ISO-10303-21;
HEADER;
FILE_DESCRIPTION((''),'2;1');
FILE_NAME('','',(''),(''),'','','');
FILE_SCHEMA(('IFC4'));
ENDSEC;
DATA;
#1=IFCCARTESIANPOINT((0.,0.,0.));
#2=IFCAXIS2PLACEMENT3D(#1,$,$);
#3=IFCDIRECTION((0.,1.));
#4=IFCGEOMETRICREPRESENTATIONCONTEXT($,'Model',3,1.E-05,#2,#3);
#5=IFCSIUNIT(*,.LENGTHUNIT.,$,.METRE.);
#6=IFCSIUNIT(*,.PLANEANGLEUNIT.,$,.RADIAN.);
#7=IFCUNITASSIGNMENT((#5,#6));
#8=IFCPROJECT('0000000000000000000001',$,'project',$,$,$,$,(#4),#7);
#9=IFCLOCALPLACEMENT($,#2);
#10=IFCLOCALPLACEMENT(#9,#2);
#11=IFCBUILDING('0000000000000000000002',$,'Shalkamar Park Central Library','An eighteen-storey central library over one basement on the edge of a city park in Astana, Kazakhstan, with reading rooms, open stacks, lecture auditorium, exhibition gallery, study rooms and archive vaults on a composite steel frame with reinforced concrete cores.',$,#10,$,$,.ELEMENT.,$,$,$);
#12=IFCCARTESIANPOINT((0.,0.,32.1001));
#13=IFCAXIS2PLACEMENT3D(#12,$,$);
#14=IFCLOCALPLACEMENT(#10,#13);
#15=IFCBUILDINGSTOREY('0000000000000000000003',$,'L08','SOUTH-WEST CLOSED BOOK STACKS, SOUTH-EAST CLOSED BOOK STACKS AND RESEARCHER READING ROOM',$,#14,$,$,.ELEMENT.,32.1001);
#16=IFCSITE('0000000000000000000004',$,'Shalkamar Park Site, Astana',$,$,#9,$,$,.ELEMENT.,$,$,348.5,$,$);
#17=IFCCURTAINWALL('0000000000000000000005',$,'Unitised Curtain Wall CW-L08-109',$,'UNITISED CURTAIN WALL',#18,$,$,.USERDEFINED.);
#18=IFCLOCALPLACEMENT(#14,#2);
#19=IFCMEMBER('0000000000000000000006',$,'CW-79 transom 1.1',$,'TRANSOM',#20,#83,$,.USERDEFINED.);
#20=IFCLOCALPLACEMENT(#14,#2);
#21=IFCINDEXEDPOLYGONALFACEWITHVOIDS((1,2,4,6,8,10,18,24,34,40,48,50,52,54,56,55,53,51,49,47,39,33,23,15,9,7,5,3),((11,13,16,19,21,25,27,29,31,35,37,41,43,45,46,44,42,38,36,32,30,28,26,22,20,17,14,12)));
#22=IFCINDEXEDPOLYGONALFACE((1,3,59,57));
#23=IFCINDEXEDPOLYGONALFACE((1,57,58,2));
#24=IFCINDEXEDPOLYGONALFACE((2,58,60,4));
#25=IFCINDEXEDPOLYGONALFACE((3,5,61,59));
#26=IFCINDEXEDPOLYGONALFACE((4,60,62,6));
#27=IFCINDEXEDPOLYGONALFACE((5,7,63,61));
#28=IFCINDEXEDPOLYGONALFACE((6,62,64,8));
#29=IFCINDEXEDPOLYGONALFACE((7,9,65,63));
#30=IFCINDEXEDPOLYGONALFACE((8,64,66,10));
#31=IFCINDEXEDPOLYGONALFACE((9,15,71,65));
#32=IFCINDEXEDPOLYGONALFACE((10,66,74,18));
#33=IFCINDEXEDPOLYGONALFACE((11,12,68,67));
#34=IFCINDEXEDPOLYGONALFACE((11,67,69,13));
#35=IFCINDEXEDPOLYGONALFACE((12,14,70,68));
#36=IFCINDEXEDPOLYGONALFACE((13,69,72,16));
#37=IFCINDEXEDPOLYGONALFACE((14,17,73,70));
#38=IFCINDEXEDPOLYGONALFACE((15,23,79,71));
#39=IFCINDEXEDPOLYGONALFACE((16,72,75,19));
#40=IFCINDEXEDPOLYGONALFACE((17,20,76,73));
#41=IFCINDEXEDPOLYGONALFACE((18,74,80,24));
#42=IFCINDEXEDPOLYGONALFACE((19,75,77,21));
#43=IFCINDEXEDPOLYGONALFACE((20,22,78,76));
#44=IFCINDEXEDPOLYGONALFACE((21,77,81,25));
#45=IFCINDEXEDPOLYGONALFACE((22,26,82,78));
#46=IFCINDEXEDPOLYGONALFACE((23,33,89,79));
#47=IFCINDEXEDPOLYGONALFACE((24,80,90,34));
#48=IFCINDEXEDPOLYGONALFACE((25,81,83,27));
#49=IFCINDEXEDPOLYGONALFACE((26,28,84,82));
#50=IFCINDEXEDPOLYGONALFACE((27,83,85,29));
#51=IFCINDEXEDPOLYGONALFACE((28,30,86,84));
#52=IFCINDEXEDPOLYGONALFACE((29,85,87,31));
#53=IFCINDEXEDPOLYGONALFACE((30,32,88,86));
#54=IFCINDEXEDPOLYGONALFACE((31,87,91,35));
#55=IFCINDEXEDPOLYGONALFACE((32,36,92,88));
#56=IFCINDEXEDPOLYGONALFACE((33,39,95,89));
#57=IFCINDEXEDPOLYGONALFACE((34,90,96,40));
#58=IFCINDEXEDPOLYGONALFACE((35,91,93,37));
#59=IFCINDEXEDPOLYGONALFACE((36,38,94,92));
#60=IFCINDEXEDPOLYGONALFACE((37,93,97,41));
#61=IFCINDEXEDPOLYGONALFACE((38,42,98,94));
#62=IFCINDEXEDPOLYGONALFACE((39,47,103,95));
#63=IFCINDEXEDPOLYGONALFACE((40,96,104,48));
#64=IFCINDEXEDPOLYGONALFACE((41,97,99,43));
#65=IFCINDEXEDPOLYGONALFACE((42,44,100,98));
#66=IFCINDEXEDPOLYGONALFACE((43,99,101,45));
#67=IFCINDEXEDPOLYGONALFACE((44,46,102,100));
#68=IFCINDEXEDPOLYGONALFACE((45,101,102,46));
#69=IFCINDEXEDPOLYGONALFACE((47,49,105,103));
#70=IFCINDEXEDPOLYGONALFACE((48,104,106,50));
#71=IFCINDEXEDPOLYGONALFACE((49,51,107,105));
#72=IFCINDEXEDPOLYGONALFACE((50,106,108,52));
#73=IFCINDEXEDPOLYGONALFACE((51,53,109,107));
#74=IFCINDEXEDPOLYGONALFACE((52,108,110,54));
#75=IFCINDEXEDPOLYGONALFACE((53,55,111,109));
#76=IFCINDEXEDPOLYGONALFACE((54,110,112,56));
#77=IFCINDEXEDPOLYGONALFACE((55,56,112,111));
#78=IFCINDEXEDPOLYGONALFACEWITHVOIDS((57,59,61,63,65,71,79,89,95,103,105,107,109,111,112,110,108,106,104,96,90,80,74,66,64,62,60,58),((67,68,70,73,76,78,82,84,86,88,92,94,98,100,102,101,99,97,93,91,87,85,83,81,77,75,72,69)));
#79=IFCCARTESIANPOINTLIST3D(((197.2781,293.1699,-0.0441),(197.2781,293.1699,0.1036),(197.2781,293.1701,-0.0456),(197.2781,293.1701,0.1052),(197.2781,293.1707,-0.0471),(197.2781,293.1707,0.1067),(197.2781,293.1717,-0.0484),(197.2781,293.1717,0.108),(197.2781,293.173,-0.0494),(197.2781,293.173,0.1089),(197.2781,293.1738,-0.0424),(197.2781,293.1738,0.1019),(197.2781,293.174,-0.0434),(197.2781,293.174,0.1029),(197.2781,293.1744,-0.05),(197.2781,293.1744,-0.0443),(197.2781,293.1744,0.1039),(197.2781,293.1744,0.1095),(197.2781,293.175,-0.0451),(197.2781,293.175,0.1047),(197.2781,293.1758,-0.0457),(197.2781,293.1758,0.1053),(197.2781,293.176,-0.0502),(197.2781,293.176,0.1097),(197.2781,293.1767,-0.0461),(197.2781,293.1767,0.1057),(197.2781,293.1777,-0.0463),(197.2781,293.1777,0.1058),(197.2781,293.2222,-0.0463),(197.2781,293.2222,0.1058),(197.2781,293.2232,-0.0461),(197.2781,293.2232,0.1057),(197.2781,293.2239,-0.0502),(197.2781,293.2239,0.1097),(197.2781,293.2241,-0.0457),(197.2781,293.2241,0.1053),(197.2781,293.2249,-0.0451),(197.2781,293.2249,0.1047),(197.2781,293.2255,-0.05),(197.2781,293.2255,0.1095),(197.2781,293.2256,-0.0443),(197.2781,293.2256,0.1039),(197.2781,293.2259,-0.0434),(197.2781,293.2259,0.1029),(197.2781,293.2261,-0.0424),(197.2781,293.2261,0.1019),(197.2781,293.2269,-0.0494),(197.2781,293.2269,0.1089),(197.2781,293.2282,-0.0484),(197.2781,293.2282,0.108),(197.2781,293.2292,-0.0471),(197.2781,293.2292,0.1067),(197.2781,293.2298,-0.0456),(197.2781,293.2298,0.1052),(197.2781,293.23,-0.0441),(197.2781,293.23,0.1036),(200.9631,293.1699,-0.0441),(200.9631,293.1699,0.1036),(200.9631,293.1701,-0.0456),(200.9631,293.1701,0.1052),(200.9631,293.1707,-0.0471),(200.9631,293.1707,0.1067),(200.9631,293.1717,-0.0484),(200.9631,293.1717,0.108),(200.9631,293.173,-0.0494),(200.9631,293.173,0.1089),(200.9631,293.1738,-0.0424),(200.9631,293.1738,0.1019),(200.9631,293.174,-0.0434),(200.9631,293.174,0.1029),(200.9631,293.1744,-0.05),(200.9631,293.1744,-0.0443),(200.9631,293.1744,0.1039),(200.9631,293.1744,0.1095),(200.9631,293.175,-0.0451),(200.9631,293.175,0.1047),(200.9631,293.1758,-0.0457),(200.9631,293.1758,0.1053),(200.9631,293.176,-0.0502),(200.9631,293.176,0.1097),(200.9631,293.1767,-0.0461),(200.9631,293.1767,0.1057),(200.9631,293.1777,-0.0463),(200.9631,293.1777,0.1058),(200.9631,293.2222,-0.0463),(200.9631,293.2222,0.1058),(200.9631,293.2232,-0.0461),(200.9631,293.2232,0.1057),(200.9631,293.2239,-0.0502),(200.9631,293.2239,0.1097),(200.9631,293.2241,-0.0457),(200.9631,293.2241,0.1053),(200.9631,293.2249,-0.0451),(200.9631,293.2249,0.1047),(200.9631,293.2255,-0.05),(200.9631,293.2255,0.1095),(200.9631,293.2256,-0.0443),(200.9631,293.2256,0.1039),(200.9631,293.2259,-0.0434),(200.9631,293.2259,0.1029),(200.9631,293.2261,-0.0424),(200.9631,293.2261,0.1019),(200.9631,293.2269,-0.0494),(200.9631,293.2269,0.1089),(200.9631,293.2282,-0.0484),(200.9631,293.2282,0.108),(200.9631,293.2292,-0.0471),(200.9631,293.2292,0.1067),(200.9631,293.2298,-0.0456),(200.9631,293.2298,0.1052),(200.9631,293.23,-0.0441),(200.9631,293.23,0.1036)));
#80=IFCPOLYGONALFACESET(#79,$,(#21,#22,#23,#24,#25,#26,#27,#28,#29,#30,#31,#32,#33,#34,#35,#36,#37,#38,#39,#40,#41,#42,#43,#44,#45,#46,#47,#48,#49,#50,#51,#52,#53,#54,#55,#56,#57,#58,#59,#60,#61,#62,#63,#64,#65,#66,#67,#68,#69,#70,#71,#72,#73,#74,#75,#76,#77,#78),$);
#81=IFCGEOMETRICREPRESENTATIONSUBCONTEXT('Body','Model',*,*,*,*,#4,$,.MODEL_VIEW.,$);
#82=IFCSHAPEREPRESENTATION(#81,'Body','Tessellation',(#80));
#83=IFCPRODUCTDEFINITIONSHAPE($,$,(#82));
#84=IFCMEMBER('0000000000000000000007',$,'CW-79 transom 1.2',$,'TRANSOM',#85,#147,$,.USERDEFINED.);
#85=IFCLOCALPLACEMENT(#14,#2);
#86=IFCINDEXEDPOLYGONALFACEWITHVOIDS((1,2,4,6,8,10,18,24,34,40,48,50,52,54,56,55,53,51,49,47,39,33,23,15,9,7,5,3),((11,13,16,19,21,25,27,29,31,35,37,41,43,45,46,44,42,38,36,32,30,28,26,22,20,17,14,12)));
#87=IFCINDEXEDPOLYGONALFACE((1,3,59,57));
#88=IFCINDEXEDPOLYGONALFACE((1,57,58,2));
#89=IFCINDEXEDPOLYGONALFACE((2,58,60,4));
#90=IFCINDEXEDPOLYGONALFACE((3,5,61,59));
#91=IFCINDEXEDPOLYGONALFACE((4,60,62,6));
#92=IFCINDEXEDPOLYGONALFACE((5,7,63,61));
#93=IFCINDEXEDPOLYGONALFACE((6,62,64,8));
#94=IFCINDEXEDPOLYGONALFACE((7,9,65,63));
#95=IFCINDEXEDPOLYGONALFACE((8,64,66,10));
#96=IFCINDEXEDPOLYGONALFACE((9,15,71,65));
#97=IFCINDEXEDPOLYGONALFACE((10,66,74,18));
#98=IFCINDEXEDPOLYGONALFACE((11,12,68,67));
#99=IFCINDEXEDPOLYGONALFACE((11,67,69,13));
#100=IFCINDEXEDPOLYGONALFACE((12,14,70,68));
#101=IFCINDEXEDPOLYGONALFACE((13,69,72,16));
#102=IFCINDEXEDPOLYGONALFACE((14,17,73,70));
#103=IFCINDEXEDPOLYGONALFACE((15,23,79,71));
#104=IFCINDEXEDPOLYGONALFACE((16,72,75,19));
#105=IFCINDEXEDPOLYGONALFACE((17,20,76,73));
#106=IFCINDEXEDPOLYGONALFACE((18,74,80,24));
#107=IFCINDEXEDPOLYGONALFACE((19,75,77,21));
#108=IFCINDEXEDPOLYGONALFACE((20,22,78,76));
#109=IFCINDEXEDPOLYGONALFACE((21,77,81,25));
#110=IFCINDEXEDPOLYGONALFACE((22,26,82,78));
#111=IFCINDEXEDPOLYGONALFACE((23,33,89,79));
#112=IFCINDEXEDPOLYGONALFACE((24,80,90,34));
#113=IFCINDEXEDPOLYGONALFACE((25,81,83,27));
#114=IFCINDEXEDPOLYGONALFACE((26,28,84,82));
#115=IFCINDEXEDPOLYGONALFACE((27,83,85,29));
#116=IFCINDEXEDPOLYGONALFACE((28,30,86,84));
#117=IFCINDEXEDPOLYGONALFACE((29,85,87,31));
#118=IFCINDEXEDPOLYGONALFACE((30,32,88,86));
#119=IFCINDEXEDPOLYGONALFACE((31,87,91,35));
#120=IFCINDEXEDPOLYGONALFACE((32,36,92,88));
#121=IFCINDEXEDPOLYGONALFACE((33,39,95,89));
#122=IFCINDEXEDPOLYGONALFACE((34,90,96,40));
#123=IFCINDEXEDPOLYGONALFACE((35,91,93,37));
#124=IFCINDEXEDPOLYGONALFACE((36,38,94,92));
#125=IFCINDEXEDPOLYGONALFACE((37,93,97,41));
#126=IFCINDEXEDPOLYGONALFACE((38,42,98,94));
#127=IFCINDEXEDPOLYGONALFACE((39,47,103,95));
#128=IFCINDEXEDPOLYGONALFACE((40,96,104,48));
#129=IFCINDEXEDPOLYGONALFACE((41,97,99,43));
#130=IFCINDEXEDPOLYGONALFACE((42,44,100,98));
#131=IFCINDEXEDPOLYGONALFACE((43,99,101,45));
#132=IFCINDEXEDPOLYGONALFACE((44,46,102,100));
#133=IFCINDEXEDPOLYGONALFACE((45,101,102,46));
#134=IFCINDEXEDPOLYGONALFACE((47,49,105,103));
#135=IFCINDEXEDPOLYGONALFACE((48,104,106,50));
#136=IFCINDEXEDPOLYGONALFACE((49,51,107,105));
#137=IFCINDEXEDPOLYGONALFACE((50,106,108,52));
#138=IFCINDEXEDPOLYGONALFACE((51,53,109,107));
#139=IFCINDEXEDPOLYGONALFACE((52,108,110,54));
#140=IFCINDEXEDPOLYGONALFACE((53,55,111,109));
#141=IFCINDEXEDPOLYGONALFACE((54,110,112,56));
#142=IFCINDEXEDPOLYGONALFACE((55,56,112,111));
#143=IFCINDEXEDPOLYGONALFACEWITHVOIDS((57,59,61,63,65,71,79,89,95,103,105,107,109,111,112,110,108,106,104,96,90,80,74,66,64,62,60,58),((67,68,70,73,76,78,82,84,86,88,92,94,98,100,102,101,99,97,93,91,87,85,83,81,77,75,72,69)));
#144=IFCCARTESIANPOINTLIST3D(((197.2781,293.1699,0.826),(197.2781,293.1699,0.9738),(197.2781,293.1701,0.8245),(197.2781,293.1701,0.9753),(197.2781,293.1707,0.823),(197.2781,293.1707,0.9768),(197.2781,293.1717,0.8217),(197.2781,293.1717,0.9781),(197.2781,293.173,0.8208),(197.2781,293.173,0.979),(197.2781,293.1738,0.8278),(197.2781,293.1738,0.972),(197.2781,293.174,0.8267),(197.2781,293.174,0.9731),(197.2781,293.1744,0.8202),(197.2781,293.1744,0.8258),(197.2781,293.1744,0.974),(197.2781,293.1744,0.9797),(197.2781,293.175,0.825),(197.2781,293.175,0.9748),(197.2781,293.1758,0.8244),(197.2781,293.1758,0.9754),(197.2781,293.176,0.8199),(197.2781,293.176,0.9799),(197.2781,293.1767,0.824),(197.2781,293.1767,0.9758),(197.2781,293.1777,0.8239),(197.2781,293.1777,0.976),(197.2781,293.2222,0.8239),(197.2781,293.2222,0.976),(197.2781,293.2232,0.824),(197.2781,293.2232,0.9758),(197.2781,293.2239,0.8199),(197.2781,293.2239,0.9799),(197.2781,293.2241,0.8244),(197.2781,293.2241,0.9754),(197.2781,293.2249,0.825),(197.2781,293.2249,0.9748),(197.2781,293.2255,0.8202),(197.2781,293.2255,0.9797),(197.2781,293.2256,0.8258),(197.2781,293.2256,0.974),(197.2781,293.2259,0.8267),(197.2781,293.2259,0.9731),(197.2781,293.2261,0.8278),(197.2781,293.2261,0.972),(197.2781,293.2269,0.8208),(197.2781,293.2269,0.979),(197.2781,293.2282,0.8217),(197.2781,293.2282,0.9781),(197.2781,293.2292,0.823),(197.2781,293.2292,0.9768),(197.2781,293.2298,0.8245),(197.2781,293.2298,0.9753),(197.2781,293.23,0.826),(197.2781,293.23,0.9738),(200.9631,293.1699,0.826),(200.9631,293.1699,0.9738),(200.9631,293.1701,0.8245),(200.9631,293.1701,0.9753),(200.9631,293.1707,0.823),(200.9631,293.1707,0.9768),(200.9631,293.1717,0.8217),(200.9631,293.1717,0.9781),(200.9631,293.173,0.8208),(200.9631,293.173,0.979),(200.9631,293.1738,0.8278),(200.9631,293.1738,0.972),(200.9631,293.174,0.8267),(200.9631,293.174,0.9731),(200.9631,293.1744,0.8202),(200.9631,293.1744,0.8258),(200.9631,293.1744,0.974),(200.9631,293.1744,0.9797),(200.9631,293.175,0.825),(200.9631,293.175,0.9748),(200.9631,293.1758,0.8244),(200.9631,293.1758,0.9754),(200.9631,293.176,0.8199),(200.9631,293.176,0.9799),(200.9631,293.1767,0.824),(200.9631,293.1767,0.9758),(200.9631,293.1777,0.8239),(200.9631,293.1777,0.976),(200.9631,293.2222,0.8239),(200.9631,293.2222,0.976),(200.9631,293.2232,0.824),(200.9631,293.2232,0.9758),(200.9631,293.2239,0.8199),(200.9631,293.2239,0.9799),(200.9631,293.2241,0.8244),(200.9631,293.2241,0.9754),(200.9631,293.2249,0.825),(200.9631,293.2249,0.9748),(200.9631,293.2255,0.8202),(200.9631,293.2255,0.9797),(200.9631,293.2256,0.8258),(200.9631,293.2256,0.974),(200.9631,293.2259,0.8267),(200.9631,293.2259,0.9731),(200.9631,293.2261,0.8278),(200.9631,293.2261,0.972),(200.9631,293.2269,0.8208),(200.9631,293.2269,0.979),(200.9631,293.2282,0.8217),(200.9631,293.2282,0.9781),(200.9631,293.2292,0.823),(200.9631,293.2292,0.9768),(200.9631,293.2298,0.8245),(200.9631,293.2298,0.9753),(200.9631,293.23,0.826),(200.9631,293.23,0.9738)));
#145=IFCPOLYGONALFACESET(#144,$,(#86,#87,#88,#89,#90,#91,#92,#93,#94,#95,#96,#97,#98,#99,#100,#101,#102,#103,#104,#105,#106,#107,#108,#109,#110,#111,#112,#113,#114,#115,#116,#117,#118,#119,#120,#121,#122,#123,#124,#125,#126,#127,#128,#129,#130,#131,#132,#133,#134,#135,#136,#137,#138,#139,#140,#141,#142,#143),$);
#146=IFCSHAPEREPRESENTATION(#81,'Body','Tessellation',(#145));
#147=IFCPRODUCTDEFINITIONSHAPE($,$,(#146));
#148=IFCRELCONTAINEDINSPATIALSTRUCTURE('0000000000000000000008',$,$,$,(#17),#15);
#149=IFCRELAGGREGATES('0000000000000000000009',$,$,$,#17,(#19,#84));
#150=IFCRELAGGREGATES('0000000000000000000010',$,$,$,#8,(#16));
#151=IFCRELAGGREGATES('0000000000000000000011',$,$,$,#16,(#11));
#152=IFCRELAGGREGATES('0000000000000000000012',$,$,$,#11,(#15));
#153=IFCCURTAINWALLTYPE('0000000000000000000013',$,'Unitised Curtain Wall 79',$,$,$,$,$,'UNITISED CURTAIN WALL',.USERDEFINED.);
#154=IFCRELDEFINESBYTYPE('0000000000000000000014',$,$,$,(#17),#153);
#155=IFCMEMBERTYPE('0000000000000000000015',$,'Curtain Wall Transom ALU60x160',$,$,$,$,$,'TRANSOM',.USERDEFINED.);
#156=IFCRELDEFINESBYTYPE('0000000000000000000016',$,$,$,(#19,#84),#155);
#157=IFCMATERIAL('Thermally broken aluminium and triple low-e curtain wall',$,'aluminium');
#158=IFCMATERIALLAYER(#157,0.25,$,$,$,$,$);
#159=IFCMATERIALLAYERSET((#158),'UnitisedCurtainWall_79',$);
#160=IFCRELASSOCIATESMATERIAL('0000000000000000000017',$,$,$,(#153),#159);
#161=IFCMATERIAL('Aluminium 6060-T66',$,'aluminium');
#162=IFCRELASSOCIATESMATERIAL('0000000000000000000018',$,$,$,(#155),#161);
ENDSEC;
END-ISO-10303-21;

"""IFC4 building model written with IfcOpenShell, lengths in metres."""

from ifc_helpers import new_model, si_unit, direction, frame, origin, origin_2d, place, context, subcontext, project, spatial, hollow_rectangle, extrude, material, layer, layer_set, material_profile, profile_set, type_object, element, aggregate, save


model = new_model("IFC4")

# Units and contexts
model_context = context("Model", 3, precision=1e-05, world=origin(), true_north=direction((0.0, 1.0)))
body_context = subcontext(model_context, "Body", "Model", "MODEL_VIEW")
ifc_project = project(units=[si_unit("LENGTHUNIT", "METRE"), si_unit("PLANEANGLEUNIT", "RADIAN")], contexts=[model_context])

# Site, building, storey
site_placement = place(None, origin())
site = spatial("IfcSite", under=ifc_project, at=site_placement, Name="Shalkamar Park Site, Astana", CompositionType="ELEMENT", RefElevation=348.5)
building_placement = place(site_placement, origin())
building = spatial("IfcBuilding", under=site, at=building_placement, Name="Shalkamar Park Central Library", Description="An eighteen-storey central library over one basement on the edge of a city park in Astana, Kazakhstan, with reading rooms, open stacks, lecture auditorium, exhibition gallery, study rooms and archive vaults on a composite steel frame with reinforced concrete cores.", CompositionType="ELEMENT")
storey_placement = place(building_placement, frame((0.0, 0.0, 32.1001)))
storey = spatial("IfcBuildingStorey", under=building, at=storey_placement, Name="L08", Description="SOUTH-WEST CLOSED BOOK STACKS, SOUTH-EAST CLOSED BOOK STACKS AND RESEARCHER READING ROOM", CompositionType="ELEMENT", Elevation=32.1001)

# Curtain wall
ifc_material_1 = material(Name="Thermally broken aluminium and triple low-e curtain wall", Category="aluminium")
ifc_layer_1 = layer(ifc_material_1, 0.25)
ifc_layer_set_1 = layer_set([ifc_layer_1], Name="UnitisedCurtainWall_79")
curtain_wall_type_1 = type_object("IfcCurtainWallType", Name="Unitised Curtain Wall 79", ElementType="UNITISED CURTAIN WALL", PredefinedType="USERDEFINED", material=ifc_layer_set_1)
curtain_wall_1_placement = place(storey_placement, origin())
curtain_wall_1 = element("IfcCurtainWall", 1, at=curtain_wall_1_placement, inside=storey, type_object=curtain_wall_type_1, Name="Unitised Curtain Wall CW-L08-109", ObjectType="UNITISED CURTAIN WALL", PredefinedType="USERDEFINED")
ifc_material_2 = material(Name="Aluminium 6060-T66", Category="aluminium")

# Members
ifc_material_profile_1 = material_profile(ifc_material_2, hollow_rectangle(XDim=0.0601, YDim=0.1599, WallThickness=0.0039, InnerFilletRadius=0.0039, OuterFilletRadius=0.0061, at=origin_2d()), Name="ALU 60x160x4")
ifc_profile_set_1 = profile_set([ifc_material_profile_1], Name="Aluminium 6060-T66")
member_type_1 = type_object("IfcMemberType", Name="Curtain Wall Transom ALU60x160", ElementType="TRANSOM", PredefinedType="USERDEFINED", material=ifc_profile_set_1)
member_1_placement = place(storey_placement, frame((197.2781, 293.2, 0.0298), z_axis=(1.0, 0.0, 0.0), x_axis=(0.0, 1.0, 0.0)))
member_1 = element("IfcMember", 2, at=member_1_placement, type_object=member_type_1, Name="CW-79 transom 1.1", ObjectType="TRANSOM", PredefinedType="USERDEFINED", context=body_context, shape_type="SweptSolid", body=[
    extrude(hollow_rectangle(XDim=0.0601, YDim=0.1599, WallThickness=0.0039, InnerFilletRadius=0.0039, OuterFilletRadius=0.0061, at=origin_2d()), origin(), (0.0, 0.0, 1.0), 3.6851),
])
member_2_placement = place(storey_placement, frame((197.2781, 293.2, 0.8999), z_axis=(1.0, 0.0, 0.0), x_axis=(0.0, 1.0, 0.0)))
member_2 = element("IfcMember", 3, at=member_2_placement, type_object=member_type_1, Name="CW-79 transom 1.2", ObjectType="TRANSOM", PredefinedType="USERDEFINED", context=body_context, shape_type="SweptSolid", body=[
    extrude(hollow_rectangle(XDim=0.0601, YDim=0.1599, WallThickness=0.0039, InnerFilletRadius=0.0039, OuterFilletRadius=0.0061, at=origin_2d()), origin(), (0.0, 0.0, 1.0), 3.6851),
])

aggregate(curtain_wall_1, [member_1, member_2])

save(model, "model.ifc")
